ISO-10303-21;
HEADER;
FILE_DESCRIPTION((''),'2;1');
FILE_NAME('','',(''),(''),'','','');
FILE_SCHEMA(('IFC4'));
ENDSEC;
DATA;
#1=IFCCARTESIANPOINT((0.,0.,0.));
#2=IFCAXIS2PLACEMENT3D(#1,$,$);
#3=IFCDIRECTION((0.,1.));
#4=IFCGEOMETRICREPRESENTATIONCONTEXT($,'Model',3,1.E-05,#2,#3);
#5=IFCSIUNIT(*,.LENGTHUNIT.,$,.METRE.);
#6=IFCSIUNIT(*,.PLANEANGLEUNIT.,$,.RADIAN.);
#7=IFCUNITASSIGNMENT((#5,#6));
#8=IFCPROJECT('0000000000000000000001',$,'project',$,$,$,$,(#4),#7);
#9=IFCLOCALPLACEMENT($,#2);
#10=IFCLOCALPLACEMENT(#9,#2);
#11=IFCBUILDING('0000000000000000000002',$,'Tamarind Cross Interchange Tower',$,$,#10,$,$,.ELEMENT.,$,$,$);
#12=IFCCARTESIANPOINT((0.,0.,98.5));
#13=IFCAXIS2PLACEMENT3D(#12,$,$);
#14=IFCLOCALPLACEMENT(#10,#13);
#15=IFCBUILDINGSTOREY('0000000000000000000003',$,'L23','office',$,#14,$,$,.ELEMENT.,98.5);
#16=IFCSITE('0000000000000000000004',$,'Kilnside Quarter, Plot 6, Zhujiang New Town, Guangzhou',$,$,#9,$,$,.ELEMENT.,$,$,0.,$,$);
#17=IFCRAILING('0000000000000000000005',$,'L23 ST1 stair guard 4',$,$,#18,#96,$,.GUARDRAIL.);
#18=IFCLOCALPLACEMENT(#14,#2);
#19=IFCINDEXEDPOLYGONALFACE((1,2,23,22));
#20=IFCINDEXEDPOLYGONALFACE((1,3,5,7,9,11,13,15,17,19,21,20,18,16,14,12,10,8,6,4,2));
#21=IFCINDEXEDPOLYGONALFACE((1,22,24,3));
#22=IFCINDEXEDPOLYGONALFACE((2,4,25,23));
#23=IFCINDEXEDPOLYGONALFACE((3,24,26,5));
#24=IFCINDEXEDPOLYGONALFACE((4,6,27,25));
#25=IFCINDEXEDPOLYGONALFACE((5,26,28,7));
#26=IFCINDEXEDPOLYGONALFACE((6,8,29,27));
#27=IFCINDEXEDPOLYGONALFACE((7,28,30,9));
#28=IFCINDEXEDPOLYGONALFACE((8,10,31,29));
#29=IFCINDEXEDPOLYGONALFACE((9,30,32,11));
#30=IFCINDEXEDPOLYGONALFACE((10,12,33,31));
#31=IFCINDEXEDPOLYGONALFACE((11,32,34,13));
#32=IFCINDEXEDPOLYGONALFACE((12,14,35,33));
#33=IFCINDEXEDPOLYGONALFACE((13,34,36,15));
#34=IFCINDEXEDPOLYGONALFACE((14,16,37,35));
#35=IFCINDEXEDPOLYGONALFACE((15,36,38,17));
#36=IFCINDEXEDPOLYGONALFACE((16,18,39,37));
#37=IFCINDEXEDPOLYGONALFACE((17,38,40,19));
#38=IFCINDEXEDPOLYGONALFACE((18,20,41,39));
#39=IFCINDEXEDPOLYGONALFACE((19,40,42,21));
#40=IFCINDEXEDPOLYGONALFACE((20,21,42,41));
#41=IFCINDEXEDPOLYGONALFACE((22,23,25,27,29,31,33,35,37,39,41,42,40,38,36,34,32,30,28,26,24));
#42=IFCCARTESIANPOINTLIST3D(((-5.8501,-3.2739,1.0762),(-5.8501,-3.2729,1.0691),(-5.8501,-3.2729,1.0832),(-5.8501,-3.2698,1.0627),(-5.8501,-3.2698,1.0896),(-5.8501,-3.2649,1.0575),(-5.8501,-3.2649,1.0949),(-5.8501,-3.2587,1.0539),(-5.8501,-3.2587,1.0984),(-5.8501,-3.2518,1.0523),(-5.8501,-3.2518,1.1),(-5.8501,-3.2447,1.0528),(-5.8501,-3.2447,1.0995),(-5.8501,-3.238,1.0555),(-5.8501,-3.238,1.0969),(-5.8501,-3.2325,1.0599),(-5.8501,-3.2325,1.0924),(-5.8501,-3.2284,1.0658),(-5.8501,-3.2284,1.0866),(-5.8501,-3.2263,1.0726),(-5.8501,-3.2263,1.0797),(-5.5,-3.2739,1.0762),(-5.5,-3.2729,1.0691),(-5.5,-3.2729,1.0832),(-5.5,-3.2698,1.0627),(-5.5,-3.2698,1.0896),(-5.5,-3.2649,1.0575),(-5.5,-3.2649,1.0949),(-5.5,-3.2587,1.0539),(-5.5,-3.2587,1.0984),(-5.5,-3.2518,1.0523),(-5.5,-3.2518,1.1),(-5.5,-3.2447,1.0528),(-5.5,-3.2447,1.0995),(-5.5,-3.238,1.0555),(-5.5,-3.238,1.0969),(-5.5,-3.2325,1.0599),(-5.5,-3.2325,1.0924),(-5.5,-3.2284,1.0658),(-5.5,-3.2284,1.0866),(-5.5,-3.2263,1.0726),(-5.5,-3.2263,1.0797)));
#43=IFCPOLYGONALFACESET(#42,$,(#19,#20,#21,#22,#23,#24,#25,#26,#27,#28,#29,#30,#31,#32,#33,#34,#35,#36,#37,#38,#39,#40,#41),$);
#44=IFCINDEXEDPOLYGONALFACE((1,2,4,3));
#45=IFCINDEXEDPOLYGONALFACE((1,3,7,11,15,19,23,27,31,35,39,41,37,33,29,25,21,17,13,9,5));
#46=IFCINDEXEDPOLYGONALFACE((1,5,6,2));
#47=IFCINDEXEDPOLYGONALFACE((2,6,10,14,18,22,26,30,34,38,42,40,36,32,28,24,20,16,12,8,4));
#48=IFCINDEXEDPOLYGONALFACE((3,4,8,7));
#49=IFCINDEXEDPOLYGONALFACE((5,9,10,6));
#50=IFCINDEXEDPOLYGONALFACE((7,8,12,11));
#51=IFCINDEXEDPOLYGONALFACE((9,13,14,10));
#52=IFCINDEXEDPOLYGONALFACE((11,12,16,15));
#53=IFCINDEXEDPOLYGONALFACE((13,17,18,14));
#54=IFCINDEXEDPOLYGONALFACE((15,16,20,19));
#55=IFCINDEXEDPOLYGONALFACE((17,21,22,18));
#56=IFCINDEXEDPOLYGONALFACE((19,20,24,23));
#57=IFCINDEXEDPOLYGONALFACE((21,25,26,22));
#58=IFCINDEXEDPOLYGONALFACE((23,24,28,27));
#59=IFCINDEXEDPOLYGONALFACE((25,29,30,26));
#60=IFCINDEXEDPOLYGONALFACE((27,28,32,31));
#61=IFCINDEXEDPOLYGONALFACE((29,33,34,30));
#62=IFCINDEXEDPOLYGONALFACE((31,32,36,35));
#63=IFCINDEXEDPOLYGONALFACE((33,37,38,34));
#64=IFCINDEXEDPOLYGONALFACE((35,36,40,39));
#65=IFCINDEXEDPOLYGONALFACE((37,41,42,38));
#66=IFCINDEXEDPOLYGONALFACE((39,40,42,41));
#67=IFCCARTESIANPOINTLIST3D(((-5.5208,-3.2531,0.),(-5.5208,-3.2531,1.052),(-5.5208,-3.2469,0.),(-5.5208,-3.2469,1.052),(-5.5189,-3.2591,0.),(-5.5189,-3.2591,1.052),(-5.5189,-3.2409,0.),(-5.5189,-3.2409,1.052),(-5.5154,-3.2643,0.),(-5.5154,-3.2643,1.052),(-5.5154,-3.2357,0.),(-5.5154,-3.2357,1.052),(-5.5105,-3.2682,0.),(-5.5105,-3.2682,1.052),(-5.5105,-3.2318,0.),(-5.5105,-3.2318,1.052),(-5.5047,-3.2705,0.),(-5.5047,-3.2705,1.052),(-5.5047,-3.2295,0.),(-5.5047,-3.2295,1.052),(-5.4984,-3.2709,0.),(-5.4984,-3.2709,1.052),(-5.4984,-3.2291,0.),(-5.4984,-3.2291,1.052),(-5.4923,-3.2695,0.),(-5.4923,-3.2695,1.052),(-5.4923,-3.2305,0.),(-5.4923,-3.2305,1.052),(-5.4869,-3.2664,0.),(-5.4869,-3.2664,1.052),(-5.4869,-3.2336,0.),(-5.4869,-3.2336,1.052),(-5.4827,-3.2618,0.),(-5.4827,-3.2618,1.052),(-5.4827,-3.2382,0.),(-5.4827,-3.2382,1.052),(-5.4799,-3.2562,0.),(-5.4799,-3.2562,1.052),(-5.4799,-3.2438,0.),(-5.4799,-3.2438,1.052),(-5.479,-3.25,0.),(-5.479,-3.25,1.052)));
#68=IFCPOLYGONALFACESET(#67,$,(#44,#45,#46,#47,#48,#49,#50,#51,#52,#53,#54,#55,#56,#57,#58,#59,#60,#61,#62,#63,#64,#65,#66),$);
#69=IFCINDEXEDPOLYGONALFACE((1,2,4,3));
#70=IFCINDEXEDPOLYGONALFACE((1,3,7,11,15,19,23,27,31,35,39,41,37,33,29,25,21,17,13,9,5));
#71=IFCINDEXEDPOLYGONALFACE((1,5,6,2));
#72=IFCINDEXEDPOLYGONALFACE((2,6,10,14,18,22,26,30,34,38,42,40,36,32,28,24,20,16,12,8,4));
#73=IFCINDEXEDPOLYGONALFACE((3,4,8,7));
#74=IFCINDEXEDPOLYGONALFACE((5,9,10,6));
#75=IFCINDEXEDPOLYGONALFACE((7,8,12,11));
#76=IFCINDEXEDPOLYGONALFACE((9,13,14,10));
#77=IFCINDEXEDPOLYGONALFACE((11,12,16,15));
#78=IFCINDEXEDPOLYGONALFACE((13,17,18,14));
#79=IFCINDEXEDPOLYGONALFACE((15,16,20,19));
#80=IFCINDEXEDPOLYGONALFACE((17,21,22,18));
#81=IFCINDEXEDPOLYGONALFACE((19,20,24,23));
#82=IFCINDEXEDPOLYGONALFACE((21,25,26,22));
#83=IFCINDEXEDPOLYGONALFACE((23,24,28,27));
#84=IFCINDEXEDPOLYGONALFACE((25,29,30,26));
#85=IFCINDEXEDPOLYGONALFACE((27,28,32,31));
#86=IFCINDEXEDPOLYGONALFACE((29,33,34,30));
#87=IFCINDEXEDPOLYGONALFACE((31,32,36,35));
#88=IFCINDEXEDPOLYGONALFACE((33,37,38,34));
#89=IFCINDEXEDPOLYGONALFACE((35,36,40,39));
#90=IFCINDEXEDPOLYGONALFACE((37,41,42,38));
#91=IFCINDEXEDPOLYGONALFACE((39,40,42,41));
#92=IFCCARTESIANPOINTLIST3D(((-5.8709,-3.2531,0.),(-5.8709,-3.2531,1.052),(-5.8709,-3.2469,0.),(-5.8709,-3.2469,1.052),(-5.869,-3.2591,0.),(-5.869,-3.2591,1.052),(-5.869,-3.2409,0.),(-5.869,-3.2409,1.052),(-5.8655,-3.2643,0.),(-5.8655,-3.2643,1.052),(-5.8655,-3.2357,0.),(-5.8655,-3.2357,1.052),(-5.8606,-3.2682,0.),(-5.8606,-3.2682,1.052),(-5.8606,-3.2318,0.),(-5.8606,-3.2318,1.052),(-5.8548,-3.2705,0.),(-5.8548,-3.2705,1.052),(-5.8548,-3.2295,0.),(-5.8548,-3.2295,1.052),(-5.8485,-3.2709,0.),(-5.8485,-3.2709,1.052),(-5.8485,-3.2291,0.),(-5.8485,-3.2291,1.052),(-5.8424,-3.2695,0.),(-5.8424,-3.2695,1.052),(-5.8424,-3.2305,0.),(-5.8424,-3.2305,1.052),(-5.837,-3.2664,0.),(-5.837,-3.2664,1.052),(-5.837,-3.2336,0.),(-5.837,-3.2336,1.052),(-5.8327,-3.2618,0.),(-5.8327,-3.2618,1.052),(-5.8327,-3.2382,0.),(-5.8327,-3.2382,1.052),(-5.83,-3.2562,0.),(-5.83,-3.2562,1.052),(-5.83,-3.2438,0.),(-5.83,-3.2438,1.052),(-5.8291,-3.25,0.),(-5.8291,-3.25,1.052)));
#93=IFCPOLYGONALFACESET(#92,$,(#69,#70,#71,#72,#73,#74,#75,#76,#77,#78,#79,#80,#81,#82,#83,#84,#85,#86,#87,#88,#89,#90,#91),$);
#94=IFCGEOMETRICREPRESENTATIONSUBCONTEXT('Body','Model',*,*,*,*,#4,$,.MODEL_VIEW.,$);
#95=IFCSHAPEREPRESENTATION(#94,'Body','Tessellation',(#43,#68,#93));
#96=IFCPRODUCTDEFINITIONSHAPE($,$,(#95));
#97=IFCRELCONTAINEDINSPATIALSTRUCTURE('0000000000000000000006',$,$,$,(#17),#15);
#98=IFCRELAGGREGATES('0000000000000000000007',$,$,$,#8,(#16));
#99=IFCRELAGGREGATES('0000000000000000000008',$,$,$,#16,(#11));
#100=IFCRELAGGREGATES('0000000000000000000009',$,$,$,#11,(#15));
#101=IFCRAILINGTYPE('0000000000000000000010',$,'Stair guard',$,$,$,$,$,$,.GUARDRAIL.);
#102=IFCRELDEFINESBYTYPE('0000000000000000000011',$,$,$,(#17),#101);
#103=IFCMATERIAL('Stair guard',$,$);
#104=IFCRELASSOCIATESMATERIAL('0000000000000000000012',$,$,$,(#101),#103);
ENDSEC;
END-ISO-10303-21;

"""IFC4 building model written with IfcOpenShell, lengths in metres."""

from ifc_helpers import new_model, si_unit, direction, frame, origin, origin_2d, place, context, subcontext, project, spatial, circle, extrude, material, type_object, element, save


model = new_model("IFC4")

# Units and contexts
model_context = context("Model", 3, precision=1e-05, world=origin(), true_north=direction((0.0, 1.0)))
body_context = subcontext(model_context, "Body", "Model", "MODEL_VIEW")
ifc_project = project(units=[si_unit("LENGTHUNIT", "METRE"), si_unit("PLANEANGLEUNIT", "RADIAN")], contexts=[model_context])

# Site, building, storey
site_placement = place(None, origin())
site = spatial("IfcSite", under=ifc_project, at=site_placement, Name="Kilnside Quarter, Plot 6, Zhujiang New Town, Guangzhou", CompositionType="ELEMENT", RefElevation=0.0)
building_placement = place(site_placement, origin())
building = spatial("IfcBuilding", under=site, at=building_placement, Name="Tamarind Cross Interchange Tower", CompositionType="ELEMENT")
storey_placement = place(building_placement, frame((0.0, 0.0, 98.5)))
storey = spatial("IfcBuildingStorey", under=building, at=storey_placement, Name="L23", Description="office", CompositionType="ELEMENT", Elevation=98.5)

# Railing
ifc_material_1 = material(Name="Stair guard")
railing_type_1 = type_object("IfcRailingType", Name="Stair guard", PredefinedType="GUARDRAIL", material=ifc_material_1)
railing_1_placement = place(storey_placement, frame((-5.5, -3.25, 0.0)))
element("IfcRailing", 1, at=railing_1_placement, inside=storey, type_object=railing_type_1, Name="L23 ST1 stair guard 4", PredefinedType="GUARDRAIL", context=body_context, shape_type="SweptSolid", body=[
    extrude(circle(Radius=0.0239, at=origin_2d()), frame((0.0, 0.0, 1.0762), z_axis=(-1.0, 0.0, 0.0), x_axis=(0.0, -1.0, 0.0)), (0.0, 0.0, 1.0), 0.3501),
    extrude(circle(Radius=0.021, at=origin_2d()), origin(), (0.0, 0.0, 1.0), 1.052),
    extrude(circle(Radius=0.021, at=origin_2d()), frame((-0.3501, 0.0, 0.0)), (0.0, 0.0, 1.0), 1.052),
])

save(model, "model.ifc")
